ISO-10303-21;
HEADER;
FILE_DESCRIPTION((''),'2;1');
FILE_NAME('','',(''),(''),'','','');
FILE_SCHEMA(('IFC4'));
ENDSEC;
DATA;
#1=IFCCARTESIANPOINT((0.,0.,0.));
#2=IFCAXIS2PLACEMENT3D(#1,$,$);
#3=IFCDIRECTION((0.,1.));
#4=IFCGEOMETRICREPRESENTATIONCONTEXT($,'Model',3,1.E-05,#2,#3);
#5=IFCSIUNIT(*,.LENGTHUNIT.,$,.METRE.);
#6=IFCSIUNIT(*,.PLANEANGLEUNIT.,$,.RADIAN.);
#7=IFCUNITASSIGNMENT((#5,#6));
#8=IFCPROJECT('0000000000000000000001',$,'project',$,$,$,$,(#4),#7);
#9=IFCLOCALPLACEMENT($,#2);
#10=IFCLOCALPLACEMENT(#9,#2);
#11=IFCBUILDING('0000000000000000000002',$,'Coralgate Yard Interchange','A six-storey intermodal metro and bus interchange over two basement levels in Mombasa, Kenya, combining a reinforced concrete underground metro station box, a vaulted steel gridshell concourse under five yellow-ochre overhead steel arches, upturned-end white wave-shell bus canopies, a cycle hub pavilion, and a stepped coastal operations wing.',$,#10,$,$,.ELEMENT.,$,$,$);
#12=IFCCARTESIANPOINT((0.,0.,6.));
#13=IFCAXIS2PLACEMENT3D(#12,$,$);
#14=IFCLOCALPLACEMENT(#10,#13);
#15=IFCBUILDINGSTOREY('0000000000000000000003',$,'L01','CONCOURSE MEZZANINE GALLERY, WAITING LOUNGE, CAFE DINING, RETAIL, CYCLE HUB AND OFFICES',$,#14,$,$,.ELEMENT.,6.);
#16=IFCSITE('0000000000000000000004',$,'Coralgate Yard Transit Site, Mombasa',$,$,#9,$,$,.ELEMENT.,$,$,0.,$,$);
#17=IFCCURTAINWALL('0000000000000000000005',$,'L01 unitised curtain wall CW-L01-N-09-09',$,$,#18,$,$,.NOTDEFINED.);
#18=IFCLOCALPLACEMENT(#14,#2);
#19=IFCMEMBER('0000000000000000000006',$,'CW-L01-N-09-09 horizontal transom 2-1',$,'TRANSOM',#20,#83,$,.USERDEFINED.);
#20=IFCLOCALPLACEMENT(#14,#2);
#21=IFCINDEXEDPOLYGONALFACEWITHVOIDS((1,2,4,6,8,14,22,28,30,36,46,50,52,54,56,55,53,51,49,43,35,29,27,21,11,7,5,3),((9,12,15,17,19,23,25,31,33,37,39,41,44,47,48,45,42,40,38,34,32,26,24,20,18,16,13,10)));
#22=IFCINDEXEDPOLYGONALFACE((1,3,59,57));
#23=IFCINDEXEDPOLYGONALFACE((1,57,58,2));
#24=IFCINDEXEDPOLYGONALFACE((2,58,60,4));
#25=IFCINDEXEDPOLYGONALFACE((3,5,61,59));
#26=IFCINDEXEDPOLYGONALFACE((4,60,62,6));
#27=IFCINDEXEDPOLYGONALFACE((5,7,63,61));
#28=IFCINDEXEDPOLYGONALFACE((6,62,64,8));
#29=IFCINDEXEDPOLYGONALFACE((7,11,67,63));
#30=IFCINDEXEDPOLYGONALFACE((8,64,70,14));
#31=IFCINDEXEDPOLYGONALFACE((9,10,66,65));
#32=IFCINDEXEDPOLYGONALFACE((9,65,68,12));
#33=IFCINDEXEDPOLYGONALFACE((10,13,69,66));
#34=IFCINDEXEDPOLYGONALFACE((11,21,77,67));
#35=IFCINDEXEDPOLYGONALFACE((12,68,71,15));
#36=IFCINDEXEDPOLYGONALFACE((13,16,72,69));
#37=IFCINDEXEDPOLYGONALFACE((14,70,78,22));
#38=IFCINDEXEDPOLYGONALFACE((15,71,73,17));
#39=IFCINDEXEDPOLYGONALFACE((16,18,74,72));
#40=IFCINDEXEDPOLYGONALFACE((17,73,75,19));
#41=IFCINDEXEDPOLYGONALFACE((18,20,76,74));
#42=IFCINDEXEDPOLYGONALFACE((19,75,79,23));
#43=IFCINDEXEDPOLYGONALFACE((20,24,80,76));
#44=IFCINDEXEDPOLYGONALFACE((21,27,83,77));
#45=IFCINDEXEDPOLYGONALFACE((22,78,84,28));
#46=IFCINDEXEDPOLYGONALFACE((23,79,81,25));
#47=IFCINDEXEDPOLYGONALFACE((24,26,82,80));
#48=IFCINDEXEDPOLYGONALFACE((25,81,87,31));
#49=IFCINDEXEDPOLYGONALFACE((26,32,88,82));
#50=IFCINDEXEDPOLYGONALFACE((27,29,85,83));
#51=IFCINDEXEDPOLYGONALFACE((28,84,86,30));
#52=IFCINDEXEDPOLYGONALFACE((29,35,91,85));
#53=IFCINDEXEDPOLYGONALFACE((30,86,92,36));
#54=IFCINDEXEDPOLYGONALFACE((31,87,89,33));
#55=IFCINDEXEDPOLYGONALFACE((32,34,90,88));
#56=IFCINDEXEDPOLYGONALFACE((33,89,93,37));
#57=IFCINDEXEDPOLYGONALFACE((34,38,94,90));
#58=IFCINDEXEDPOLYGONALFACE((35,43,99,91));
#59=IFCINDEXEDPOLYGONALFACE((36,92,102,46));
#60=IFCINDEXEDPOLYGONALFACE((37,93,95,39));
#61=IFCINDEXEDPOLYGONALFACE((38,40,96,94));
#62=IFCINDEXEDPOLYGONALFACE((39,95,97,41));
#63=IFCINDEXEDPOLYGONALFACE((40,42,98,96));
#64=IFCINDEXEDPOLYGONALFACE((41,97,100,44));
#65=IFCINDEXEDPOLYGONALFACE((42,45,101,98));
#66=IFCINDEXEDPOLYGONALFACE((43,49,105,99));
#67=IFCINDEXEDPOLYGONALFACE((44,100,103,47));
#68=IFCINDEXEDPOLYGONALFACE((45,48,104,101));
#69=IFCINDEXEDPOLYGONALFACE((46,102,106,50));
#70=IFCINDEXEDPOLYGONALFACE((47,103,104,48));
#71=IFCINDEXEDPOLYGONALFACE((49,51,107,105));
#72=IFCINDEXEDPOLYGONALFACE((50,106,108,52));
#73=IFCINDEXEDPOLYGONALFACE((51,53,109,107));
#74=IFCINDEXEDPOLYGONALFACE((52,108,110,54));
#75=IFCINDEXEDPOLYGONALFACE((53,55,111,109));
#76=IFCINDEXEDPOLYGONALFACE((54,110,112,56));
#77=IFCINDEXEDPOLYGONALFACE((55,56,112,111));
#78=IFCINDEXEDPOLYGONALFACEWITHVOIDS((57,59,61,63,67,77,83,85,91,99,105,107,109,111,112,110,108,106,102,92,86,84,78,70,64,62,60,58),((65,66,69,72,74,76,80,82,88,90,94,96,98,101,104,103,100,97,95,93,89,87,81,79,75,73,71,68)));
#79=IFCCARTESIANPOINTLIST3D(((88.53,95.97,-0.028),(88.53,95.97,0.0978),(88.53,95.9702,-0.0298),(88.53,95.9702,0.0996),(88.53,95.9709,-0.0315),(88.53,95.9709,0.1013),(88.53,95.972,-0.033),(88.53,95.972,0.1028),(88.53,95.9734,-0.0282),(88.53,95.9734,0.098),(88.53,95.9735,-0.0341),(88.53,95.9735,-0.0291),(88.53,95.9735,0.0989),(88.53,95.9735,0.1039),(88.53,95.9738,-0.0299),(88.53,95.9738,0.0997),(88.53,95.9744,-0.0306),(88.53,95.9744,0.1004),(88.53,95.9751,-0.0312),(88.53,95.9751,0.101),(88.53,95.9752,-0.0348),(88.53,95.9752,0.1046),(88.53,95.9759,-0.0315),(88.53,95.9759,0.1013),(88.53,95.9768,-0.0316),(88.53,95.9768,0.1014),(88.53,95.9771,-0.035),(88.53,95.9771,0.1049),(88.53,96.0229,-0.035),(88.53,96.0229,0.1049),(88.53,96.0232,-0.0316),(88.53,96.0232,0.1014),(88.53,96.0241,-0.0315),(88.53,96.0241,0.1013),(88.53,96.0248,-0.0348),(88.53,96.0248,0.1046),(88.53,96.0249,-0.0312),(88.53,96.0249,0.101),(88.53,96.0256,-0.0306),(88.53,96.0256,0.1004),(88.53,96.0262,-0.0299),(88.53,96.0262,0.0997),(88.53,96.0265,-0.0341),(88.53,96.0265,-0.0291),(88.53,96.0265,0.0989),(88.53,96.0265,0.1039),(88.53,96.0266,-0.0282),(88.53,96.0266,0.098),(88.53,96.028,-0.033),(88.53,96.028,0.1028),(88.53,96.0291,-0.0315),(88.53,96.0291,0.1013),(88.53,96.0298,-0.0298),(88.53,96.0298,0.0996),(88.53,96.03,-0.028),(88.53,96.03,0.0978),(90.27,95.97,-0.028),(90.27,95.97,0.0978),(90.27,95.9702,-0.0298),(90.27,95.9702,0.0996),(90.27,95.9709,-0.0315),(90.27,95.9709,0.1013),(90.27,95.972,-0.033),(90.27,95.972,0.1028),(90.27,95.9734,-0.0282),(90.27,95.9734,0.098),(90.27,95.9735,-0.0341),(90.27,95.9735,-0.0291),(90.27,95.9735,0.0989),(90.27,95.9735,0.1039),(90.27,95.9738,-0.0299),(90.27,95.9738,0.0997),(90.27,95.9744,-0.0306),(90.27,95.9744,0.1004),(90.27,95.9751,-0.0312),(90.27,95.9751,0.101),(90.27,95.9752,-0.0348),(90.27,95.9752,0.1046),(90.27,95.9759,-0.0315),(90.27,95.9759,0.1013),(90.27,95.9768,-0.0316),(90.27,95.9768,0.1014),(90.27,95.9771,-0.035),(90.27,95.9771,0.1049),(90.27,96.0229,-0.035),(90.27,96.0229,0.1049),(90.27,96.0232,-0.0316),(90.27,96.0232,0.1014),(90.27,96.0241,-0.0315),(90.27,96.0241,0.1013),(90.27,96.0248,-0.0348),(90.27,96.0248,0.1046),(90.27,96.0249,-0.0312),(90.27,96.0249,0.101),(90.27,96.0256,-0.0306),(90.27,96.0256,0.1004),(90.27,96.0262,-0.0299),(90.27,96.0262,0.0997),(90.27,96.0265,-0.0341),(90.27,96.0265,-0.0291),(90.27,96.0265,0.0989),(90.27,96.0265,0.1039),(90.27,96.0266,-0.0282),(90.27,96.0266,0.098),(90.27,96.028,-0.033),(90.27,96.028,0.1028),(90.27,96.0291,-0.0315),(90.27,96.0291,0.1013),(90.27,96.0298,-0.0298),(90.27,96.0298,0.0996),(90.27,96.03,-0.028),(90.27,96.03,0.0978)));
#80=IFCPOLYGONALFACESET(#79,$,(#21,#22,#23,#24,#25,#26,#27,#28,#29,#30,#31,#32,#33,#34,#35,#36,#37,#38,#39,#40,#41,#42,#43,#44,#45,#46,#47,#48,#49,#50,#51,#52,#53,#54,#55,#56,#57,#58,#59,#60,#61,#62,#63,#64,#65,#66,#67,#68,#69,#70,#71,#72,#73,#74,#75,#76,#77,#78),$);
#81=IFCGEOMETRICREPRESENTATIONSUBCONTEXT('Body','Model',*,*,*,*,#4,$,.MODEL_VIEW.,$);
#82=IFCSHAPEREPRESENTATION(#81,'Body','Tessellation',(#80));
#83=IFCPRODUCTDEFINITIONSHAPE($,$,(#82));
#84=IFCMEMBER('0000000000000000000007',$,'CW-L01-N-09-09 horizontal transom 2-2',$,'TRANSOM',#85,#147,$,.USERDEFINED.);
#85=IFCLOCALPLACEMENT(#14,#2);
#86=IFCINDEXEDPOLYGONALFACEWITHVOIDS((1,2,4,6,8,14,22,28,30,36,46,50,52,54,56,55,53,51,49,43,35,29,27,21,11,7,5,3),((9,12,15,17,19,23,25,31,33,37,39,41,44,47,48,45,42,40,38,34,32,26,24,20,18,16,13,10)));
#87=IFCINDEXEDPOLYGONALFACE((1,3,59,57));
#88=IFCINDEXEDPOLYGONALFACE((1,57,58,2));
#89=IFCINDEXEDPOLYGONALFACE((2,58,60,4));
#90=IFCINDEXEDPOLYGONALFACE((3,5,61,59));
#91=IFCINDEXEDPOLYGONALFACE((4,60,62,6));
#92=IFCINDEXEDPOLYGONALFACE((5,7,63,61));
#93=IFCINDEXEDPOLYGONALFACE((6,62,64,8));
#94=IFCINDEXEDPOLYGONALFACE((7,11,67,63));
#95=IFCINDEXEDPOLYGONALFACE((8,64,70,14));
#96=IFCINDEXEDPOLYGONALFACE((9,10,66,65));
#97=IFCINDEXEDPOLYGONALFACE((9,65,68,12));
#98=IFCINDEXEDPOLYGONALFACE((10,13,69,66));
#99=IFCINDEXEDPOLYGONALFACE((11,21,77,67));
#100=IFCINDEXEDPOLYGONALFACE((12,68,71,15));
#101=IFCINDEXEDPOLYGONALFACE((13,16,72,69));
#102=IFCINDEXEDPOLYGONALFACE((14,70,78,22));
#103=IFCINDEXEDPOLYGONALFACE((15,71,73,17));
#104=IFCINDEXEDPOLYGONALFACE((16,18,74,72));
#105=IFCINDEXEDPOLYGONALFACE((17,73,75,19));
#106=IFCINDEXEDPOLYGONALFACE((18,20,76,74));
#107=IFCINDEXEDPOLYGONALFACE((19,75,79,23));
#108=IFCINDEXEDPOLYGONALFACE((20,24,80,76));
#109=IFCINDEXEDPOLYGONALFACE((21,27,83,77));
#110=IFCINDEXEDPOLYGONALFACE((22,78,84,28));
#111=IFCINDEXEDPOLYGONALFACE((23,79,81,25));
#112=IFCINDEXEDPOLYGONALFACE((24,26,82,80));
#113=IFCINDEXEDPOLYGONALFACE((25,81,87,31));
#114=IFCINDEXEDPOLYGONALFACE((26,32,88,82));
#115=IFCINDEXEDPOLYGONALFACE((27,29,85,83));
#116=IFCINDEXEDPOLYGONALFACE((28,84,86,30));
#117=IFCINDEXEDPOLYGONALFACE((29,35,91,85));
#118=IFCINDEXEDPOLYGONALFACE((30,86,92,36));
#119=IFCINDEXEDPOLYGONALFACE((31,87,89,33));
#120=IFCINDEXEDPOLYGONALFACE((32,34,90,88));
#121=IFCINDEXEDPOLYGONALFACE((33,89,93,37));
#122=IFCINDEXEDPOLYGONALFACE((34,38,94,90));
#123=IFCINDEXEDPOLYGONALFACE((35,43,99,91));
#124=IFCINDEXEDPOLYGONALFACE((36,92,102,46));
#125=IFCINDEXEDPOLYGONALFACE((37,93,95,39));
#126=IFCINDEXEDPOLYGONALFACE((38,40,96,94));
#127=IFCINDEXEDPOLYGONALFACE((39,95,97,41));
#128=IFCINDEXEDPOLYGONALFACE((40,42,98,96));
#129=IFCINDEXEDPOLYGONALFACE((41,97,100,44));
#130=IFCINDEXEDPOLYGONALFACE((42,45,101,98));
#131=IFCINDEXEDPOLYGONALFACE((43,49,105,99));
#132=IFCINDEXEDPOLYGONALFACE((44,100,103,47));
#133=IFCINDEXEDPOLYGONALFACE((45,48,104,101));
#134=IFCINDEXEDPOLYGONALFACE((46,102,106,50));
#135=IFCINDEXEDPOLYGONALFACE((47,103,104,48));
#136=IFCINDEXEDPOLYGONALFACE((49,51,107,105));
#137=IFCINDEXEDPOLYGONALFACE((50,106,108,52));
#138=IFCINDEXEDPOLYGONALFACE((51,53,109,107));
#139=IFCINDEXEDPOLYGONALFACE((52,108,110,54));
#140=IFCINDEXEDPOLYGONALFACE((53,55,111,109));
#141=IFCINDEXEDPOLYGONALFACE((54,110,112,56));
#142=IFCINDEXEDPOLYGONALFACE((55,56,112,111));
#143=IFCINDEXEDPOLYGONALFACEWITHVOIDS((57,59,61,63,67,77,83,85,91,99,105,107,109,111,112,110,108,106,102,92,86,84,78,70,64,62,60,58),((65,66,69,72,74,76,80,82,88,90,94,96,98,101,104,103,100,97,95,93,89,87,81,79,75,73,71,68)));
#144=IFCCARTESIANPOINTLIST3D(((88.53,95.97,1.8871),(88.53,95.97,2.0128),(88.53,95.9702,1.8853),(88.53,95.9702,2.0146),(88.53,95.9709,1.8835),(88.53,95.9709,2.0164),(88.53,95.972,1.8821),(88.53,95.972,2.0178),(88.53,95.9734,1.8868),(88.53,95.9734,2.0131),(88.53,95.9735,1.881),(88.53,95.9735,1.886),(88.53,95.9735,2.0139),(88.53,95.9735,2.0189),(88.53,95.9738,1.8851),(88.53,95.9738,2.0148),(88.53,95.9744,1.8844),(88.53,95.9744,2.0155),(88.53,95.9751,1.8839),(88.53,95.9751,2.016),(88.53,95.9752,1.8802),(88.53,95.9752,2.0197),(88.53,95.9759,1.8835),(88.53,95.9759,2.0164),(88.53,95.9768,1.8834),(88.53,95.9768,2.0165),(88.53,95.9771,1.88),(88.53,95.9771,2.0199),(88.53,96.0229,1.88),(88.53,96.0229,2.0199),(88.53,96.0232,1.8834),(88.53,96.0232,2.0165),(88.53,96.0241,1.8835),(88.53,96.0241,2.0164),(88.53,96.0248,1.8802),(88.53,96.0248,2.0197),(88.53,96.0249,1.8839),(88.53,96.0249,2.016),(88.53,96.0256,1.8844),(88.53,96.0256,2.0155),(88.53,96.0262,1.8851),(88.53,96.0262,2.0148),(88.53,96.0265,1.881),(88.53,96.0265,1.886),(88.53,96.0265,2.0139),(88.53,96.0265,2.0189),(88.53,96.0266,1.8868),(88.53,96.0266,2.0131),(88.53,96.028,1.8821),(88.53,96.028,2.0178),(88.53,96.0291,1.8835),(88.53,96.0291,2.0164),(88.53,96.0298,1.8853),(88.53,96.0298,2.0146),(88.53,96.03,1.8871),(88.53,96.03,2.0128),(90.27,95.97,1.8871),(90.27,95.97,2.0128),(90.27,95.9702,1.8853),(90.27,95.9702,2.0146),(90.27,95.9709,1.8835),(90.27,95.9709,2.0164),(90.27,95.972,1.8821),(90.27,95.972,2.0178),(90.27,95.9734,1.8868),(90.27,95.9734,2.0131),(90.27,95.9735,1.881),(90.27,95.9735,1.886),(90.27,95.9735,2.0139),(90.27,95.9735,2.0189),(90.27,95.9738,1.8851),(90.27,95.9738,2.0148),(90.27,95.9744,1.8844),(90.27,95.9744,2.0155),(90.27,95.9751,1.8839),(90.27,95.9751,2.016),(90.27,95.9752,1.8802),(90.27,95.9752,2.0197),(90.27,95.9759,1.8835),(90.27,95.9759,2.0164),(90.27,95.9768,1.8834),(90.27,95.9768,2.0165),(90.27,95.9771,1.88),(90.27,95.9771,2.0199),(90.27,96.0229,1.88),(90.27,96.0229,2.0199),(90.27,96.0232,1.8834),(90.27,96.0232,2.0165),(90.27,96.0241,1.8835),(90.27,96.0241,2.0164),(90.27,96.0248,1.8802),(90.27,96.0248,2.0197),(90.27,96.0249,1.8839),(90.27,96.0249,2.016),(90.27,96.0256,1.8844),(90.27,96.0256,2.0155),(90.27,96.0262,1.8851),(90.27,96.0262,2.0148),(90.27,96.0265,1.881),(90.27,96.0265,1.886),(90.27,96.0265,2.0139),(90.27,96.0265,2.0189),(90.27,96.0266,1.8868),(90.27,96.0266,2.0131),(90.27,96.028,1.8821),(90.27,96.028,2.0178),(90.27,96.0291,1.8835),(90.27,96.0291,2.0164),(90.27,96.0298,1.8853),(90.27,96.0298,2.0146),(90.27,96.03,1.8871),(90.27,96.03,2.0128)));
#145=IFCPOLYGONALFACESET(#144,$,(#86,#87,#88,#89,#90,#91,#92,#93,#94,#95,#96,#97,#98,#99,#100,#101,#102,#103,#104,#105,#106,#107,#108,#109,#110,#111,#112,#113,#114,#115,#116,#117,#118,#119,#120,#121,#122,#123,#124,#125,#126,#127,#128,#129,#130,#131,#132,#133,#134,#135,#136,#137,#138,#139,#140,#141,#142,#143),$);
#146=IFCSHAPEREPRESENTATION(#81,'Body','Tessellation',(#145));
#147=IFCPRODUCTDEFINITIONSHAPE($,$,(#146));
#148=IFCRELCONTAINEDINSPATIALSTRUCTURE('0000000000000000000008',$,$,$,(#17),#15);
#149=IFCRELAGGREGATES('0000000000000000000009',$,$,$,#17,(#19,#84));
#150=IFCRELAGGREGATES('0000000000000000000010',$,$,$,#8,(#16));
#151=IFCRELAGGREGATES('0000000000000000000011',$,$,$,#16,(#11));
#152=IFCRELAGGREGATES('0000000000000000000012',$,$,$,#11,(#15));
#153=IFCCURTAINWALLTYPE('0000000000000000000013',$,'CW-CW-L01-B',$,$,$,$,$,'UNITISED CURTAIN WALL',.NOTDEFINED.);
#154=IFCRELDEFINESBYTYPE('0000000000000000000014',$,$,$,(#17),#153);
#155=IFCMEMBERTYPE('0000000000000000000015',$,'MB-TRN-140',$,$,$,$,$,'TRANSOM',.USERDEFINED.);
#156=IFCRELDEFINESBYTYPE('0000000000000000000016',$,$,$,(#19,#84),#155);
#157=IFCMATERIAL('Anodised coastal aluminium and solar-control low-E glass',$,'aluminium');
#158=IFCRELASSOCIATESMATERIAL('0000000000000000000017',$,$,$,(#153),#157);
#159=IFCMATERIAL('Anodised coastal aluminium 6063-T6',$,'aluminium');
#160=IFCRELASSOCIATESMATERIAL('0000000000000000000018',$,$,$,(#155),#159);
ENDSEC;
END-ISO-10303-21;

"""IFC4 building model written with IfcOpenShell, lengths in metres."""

from ifc_helpers import new_model, si_unit, direction, frame, origin, origin_2d, place, context, subcontext, project, spatial, hollow_rectangle, extrude, material, material_profile, profile_set, type_object, element, aggregate, save


model = new_model("IFC4")

# Units and contexts
model_context = context("Model", 3, precision=1e-05, world=origin(), true_north=direction((0.0, 1.0)))
body_context = subcontext(model_context, "Body", "Model", "MODEL_VIEW")
ifc_project = project(units=[si_unit("LENGTHUNIT", "METRE"), si_unit("PLANEANGLEUNIT", "RADIAN")], contexts=[model_context])

# Site, building, storey
site_placement = place(None, origin())
site = spatial("IfcSite", under=ifc_project, at=site_placement, Name="Coralgate Yard Transit Site, Mombasa", CompositionType="ELEMENT", RefElevation=0.0)
building_placement = place(site_placement, origin())
building = spatial("IfcBuilding", under=site, at=building_placement, Name="Coralgate Yard Interchange", Description="A six-storey intermodal metro and bus interchange over two basement levels in Mombasa, Kenya, combining a reinforced concrete underground metro station box, a vaulted steel gridshell concourse under five yellow-ochre overhead steel arches, upturned-end white wave-shell bus canopies, a cycle hub pavilion, and a stepped coastal operations wing.", CompositionType="ELEMENT")
storey_placement = place(building_placement, frame((0.0, 0.0, 6.0)))
storey = spatial("IfcBuildingStorey", under=building, at=storey_placement, Name="L01", Description="CONCOURSE MEZZANINE GALLERY, WAITING LOUNGE, CAFE DINING, RETAIL, CYCLE HUB AND OFFICES", CompositionType="ELEMENT", Elevation=6.0)

# Curtain wall
ifc_material_1 = material(Name="Anodised coastal aluminium and solar-control low-E glass", Category="aluminium")
curtain_wall_type = type_object("IfcCurtainWallType", Name="CW-CW-L01-B", ElementType="UNITISED CURTAIN WALL", PredefinedType="NOTDEFINED", material=ifc_material_1)
curtain_wall_placement = place(storey_placement, origin())
curtain_wall = element("IfcCurtainWall", 1, at=curtain_wall_placement, inside=storey, type_object=curtain_wall_type, Name="L01 unitised curtain wall CW-L01-N-09-09", PredefinedType="NOTDEFINED")
ifc_material_2 = material(Name="Anodised coastal aluminium 6063-T6", Category="aluminium")

# Members
ifc_material_profile_1 = material_profile(ifc_material_2, hollow_rectangle(XDim=0.0601, YDim=0.1399, WallThickness=0.0034, InnerFilletRadius=0.0034, OuterFilletRadius=0.0071, at=origin_2d()), Name="ALU 60x140x3.5")
ifc_profile_set_1 = profile_set([ifc_material_profile_1], Name="Anodised coastal aluminium 6063-T6")
member_type_1 = type_object("IfcMemberType", Name="MB-TRN-140", ElementType="TRANSOM", PredefinedType="USERDEFINED", material=ifc_profile_set_1)
member_1_placement = place(storey_placement, frame((88.53, 96.0, 0.0349), z_axis=(1.0, 0.0, 0.0), x_axis=(0.0, 1.0, 0.0)))
member_1 = element("IfcMember", 2, at=member_1_placement, type_object=member_type_1, Name="CW-L01-N-09-09 horizontal transom 2-1", ObjectType="TRANSOM", PredefinedType="USERDEFINED", context=body_context, shape_type="SweptSolid", body=[
    extrude(hollow_rectangle(XDim=0.0601, YDim=0.1399, WallThickness=0.0034, InnerFilletRadius=0.0034, OuterFilletRadius=0.0071, at=origin_2d()), origin(), (0.0, 0.0, 1.0), 1.74),
])
member_2_placement = place(storey_placement, frame((88.53, 96.0, 1.95), z_axis=(1.0, 0.0, 0.0), x_axis=(0.0, 1.0, 0.0)))
member_2 = element("IfcMember", 3, at=member_2_placement, type_object=member_type_1, Name="CW-L01-N-09-09 horizontal transom 2-2", ObjectType="TRANSOM", PredefinedType="USERDEFINED", context=body_context, shape_type="SweptSolid", body=[
    extrude(hollow_rectangle(XDim=0.0601, YDim=0.1399, WallThickness=0.0034, InnerFilletRadius=0.0034, OuterFilletRadius=0.0071, at=origin_2d()), origin(), (0.0, 0.0, 1.0), 1.74),
])

aggregate(curtain_wall, [member_1, member_2])

save(model, "model.ifc")
